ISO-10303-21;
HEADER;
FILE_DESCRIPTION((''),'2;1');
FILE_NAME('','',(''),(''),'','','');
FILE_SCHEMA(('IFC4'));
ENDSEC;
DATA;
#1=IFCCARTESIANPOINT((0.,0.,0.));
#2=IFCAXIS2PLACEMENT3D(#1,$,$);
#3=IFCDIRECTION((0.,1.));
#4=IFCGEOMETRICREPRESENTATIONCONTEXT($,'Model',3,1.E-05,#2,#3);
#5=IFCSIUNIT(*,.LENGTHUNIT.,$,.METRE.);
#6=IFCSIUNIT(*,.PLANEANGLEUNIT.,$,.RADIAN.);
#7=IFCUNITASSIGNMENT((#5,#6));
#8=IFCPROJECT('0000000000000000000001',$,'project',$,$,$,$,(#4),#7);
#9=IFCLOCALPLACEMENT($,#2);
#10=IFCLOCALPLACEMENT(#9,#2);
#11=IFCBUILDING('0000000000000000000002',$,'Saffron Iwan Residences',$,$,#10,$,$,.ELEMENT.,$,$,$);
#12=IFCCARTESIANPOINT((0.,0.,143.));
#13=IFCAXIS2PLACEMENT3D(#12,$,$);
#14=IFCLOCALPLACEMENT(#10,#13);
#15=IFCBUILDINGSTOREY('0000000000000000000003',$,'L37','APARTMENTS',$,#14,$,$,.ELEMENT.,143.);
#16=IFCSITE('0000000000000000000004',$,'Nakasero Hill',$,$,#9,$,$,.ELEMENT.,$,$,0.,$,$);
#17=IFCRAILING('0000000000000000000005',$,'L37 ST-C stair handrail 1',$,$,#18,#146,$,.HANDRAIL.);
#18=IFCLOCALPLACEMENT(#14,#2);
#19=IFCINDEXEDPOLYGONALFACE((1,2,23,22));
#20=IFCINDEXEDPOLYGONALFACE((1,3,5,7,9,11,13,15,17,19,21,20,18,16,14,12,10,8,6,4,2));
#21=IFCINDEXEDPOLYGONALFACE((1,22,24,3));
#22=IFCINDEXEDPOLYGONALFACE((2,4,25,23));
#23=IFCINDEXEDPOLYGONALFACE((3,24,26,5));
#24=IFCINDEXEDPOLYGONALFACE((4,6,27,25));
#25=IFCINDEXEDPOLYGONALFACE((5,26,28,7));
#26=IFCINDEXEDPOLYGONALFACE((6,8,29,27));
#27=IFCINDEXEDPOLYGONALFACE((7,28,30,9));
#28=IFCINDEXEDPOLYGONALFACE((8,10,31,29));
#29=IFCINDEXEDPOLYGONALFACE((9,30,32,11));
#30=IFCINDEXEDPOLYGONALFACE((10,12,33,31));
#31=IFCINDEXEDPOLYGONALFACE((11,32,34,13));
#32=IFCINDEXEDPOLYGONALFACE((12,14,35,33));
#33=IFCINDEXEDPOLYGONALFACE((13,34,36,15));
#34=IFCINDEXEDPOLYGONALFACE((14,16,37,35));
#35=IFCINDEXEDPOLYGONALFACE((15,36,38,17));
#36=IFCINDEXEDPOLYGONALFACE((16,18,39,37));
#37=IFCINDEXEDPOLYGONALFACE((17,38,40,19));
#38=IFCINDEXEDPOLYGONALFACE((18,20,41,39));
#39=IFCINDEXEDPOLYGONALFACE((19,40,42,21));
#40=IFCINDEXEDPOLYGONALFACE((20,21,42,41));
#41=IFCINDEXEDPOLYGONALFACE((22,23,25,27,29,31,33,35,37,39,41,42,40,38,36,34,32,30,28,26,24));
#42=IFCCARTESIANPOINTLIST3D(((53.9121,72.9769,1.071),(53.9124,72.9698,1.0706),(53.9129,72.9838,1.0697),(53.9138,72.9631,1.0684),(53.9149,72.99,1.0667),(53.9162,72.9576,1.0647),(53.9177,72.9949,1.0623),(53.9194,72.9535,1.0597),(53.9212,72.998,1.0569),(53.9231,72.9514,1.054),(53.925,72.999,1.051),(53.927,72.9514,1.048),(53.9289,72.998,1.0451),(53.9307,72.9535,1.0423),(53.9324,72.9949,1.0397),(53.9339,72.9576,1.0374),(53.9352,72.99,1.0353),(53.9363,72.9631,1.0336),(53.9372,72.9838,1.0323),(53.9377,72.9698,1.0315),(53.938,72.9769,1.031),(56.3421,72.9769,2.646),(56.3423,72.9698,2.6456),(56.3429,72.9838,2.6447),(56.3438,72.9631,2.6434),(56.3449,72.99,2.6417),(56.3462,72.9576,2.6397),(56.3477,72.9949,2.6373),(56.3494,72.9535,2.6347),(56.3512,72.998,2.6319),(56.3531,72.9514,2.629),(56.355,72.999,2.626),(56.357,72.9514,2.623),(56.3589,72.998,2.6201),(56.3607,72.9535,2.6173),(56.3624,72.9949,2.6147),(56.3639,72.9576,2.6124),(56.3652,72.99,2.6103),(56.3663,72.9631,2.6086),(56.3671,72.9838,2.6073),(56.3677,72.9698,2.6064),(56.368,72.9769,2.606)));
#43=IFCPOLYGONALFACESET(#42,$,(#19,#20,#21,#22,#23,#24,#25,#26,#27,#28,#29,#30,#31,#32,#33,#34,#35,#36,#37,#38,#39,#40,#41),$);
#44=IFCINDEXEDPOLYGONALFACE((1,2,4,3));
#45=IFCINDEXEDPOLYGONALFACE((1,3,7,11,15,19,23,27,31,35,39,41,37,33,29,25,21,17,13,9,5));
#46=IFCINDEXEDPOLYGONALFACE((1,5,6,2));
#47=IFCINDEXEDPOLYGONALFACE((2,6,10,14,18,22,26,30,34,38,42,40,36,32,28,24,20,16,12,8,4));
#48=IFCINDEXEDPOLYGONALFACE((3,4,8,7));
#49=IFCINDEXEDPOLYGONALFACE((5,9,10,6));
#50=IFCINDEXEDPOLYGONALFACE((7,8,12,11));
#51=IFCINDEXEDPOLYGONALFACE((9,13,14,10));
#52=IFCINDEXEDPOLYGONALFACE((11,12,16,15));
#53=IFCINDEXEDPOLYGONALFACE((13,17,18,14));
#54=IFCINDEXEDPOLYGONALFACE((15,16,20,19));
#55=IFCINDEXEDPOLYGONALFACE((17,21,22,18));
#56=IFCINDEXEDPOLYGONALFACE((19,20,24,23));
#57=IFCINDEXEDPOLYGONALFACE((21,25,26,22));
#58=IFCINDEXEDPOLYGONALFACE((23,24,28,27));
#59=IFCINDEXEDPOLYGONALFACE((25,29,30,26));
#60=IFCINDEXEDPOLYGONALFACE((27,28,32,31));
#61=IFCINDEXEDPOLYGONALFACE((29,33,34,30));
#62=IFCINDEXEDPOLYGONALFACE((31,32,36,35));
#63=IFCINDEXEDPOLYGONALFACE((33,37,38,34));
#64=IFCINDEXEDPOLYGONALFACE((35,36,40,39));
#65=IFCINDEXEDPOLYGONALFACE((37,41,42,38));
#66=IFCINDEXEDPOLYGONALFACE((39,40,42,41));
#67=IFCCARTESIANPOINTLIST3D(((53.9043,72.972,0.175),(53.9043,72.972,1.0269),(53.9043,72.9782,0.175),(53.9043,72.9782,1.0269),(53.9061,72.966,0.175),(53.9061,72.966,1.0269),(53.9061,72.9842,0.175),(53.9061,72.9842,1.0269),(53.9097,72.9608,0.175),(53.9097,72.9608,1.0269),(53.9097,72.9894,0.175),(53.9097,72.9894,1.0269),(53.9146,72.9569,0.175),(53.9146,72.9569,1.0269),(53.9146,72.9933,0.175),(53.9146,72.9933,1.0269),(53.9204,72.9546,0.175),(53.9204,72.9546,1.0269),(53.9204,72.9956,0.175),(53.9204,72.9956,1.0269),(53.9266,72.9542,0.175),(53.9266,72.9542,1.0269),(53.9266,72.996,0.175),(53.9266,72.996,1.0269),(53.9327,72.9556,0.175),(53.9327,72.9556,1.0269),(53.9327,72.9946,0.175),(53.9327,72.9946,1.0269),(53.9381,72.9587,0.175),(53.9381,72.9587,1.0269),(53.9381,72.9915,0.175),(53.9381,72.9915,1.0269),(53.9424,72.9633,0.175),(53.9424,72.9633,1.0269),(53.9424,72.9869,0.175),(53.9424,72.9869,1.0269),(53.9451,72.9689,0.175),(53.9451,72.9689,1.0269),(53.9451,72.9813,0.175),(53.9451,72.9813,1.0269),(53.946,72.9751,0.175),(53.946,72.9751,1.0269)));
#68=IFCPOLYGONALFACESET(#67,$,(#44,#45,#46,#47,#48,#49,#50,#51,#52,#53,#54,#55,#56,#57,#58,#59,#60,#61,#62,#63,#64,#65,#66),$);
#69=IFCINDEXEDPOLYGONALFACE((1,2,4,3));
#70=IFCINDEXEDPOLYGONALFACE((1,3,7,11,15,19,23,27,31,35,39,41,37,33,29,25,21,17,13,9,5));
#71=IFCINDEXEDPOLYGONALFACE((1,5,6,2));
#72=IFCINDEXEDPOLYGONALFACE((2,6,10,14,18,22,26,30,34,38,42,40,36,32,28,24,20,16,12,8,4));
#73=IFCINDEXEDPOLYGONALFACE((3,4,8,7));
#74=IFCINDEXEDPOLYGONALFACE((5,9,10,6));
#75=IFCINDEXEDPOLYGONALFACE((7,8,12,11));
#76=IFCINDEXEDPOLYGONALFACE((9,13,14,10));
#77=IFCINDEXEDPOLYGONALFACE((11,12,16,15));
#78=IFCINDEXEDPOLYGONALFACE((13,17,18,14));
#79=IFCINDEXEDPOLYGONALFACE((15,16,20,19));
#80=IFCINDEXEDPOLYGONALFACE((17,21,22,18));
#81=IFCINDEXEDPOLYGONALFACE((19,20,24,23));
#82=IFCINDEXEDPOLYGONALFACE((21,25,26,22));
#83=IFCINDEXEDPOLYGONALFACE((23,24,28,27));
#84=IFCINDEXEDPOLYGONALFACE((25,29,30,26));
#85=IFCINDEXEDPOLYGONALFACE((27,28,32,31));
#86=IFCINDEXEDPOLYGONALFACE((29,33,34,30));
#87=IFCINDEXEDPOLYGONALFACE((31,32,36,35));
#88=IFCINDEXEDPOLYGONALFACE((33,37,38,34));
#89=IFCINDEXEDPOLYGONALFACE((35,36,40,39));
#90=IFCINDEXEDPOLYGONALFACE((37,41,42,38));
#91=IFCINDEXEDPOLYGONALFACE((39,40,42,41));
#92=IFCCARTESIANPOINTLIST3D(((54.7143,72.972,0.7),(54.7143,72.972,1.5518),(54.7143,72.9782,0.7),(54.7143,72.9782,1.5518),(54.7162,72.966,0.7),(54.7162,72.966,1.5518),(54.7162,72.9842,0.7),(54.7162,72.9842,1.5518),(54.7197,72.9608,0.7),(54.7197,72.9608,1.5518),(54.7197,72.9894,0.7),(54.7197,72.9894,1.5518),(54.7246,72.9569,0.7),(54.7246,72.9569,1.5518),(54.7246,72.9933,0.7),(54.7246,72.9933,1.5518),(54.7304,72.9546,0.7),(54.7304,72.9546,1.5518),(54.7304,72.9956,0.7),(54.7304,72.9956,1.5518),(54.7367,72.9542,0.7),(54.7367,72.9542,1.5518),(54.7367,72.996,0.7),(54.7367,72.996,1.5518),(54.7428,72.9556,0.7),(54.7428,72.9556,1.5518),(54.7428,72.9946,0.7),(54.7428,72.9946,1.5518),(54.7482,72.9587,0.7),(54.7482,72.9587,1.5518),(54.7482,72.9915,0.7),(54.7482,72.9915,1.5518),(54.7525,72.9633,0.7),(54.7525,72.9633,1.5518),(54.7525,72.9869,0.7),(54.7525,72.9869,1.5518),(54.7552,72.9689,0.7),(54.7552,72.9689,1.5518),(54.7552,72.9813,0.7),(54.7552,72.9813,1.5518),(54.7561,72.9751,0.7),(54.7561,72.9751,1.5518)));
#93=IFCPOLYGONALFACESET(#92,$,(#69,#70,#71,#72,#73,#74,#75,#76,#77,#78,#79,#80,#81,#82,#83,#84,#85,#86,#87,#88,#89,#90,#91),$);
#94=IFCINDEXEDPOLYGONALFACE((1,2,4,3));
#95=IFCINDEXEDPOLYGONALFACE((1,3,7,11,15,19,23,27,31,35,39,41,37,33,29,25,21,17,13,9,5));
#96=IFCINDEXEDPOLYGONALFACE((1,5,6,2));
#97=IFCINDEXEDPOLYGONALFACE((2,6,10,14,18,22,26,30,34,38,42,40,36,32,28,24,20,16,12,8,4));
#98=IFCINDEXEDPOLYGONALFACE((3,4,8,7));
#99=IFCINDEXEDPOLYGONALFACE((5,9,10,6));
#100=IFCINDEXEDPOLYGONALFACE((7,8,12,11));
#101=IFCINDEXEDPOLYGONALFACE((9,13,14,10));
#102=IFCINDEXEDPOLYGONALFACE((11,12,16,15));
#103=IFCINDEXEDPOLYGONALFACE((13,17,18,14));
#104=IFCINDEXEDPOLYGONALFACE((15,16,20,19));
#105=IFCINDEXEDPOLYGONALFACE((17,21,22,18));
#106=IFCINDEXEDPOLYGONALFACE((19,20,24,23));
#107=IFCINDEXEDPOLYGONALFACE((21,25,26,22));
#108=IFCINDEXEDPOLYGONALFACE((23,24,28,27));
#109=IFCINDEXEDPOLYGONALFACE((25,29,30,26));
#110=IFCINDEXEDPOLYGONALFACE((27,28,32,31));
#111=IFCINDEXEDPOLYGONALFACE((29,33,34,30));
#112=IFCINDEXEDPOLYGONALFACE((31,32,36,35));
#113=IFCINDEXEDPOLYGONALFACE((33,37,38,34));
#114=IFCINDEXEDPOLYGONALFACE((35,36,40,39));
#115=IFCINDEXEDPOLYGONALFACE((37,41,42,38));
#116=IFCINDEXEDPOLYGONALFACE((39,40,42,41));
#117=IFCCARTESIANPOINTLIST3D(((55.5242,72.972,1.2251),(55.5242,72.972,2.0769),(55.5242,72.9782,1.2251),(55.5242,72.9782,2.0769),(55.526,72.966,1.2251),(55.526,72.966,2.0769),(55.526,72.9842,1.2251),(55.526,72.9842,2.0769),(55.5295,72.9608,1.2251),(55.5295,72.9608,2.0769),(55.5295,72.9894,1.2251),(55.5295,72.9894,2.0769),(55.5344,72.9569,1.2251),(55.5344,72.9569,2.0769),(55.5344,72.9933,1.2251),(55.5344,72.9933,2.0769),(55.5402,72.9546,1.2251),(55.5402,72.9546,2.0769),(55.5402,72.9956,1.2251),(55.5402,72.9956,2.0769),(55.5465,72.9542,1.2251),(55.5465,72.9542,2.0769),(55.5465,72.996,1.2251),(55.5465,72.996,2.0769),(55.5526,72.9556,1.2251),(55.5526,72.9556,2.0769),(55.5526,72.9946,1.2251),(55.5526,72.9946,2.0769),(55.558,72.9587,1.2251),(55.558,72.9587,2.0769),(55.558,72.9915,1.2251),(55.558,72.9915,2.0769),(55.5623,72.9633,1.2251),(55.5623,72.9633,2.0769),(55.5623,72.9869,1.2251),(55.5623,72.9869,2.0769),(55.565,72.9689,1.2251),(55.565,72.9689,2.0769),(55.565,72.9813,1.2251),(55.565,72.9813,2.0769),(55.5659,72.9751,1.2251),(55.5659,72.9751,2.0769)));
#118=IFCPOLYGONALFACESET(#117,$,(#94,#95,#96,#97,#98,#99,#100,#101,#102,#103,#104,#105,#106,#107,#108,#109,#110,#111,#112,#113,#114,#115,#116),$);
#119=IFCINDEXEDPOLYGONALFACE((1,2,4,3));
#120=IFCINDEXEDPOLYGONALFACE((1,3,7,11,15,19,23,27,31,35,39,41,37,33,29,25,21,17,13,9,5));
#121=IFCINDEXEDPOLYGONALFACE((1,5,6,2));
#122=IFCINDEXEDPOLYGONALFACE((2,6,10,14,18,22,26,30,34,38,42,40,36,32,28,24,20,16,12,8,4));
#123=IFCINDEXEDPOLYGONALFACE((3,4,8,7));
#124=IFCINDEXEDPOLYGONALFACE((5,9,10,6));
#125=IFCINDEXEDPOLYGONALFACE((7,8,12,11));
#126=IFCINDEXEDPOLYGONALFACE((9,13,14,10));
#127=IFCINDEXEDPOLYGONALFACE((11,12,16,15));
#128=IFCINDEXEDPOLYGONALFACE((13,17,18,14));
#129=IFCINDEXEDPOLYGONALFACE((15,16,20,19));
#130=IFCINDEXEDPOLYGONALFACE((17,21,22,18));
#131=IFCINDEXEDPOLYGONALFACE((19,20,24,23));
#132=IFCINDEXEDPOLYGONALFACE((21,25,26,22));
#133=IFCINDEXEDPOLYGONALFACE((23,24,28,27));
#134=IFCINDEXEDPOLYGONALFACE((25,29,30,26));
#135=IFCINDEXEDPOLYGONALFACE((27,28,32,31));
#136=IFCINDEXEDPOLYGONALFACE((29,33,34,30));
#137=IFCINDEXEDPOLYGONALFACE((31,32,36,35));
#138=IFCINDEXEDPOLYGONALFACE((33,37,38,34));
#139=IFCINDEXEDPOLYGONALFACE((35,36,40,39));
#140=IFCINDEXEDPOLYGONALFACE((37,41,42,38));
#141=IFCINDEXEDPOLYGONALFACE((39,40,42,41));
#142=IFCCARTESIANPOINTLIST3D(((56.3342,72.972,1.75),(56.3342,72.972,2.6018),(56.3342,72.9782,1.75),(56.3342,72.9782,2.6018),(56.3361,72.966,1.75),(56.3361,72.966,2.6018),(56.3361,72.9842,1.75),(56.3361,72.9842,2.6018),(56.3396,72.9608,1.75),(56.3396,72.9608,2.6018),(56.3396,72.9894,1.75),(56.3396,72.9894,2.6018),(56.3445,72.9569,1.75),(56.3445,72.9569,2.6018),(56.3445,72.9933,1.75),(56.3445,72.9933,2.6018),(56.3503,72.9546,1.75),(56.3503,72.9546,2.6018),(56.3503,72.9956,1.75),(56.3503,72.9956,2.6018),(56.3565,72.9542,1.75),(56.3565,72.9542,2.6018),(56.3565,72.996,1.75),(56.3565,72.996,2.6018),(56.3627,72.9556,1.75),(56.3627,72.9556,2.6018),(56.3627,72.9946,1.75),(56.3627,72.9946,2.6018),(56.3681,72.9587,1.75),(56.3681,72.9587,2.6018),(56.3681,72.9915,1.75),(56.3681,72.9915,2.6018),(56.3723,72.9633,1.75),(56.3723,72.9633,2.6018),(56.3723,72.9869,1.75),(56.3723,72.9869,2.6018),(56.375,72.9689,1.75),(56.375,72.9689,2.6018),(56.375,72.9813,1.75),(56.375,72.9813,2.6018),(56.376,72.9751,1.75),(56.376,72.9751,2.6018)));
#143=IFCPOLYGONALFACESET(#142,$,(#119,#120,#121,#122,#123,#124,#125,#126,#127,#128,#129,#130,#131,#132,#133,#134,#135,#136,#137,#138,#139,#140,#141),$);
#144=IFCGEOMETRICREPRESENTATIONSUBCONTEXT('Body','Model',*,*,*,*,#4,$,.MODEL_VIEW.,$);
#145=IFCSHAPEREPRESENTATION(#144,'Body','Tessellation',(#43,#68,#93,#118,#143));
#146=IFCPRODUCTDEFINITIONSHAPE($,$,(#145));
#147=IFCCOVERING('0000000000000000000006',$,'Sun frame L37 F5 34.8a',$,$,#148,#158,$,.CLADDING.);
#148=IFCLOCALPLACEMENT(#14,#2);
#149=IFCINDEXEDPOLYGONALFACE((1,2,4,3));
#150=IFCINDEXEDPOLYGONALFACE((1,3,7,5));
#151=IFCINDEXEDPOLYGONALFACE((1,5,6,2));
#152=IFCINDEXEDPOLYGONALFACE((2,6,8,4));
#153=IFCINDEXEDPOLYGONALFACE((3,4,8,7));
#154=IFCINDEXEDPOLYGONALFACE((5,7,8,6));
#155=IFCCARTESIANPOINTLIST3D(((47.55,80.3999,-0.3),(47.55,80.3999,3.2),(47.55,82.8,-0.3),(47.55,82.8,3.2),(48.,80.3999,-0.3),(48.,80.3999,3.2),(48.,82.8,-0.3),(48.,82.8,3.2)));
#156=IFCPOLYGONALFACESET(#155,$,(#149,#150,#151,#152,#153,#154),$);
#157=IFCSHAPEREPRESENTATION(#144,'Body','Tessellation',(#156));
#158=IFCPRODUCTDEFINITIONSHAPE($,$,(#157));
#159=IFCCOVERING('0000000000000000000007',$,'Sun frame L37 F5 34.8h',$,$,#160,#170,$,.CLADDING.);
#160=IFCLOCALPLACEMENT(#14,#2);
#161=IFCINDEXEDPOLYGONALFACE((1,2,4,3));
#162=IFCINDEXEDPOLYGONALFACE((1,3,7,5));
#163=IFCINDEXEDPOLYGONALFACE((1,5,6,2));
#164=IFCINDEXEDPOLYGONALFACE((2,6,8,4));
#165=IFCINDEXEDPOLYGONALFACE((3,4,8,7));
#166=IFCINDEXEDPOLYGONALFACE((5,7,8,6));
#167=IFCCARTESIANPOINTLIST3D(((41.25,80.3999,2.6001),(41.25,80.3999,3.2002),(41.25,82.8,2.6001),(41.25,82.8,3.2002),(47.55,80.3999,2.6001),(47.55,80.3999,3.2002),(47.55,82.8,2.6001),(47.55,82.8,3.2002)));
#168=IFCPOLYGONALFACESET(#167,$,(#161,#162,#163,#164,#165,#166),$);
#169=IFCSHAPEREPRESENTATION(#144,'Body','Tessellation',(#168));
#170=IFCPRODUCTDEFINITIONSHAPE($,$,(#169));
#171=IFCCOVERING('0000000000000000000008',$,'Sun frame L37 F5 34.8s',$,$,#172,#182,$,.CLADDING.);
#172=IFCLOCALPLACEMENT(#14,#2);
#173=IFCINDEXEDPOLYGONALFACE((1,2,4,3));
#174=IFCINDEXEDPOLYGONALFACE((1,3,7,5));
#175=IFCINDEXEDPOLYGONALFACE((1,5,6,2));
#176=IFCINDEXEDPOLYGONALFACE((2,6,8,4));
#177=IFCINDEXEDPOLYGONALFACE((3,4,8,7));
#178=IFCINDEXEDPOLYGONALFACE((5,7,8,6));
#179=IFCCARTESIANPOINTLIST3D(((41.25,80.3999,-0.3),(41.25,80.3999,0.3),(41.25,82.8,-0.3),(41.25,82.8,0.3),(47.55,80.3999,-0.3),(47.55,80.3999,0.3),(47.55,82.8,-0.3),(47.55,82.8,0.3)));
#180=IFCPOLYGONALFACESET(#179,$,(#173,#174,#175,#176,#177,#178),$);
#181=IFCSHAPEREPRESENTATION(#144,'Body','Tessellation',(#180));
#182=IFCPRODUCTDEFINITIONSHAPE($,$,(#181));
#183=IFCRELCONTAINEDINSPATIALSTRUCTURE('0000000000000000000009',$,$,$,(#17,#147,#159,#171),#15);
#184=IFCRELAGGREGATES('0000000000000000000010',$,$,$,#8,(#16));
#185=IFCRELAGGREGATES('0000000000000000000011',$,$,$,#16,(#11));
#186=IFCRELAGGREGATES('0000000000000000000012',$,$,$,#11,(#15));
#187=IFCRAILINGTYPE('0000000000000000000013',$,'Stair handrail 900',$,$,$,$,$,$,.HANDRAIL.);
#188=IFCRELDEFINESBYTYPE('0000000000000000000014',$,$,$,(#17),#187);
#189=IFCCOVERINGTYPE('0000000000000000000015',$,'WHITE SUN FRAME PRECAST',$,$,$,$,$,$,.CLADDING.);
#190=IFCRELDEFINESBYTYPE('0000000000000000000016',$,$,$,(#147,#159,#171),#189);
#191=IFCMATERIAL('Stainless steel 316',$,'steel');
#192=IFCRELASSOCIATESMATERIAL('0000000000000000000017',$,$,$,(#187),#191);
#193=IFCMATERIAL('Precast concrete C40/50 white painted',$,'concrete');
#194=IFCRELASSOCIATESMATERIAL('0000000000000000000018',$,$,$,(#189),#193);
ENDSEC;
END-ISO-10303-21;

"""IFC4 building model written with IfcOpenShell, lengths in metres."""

from ifc_helpers import new_model, si_unit, direction, frame, origin, origin_2d, place, context, subcontext, project, spatial, polyline, circle, outline, extrude, material, type_object, element, save


model = new_model("IFC4")

# Units and contexts
model_context = context("Model", 3, precision=1e-05, world=origin(), true_north=direction((0.0, 1.0)))
body_context = subcontext(model_context, "Body", "Model", "MODEL_VIEW")
ifc_project = project(units=[si_unit("LENGTHUNIT", "METRE"), si_unit("PLANEANGLEUNIT", "RADIAN")], contexts=[model_context])

# Site, building, storey
site_placement = place(None, origin())
site = spatial("IfcSite", under=ifc_project, at=site_placement, Name="Nakasero Hill", CompositionType="ELEMENT", RefElevation=0.0)
building_placement = place(site_placement, origin())
building = spatial("IfcBuilding", under=site, at=building_placement, Name="Saffron Iwan Residences", CompositionType="ELEMENT")
storey_placement = place(building_placement, frame((0.0, 0.0, 143.0)))
storey = spatial("IfcBuildingStorey", under=building, at=storey_placement, Name="L37", Description="APARTMENTS", CompositionType="ELEMENT", Elevation=143.0)

# Railing
ifc_material_1 = material(Name="Stainless steel 316", Category="steel")
railing_type_1 = type_object("IfcRailingType", Name="Stair handrail 900", PredefinedType="HANDRAIL", material=ifc_material_1)
railing_1_placement = place(storey_placement, frame((53.925, 72.9751, 0.175)))
element("IfcRailing", 1, at=railing_1_placement, inside=storey, type_object=railing_type_1, Name="L37 ST-C stair handrail 1", PredefinedType="HANDRAIL", context=body_context, shape_type="SweptSolid", body=[
    extrude(circle(Radius=0.0239, at=origin_2d()), frame((0.0, 0.0, 0.876), z_axis=(0.839154, 0.0, 0.543894), x_axis=(0.0, 1.0, 0.0)), (0.0, 0.0, 1.0), 2.8958),
    extrude(circle(Radius=0.021, at=origin_2d()), origin(), (0.0, 0.0, 1.0), 0.8518),
    extrude(circle(Radius=0.021, at=origin_2d()), frame((0.8101, 0.0, 0.5249)), (0.0, 0.0, 1.0), 0.8518),
    extrude(circle(Radius=0.021, at=origin_2d()), frame((1.6199, 0.0, 1.05)), (0.0, 0.0, 1.0), 0.8518),
    extrude(circle(Radius=0.021, at=origin_2d()), frame((2.4299, 0.0, 1.575)), (0.0, 0.0, 1.0), 0.8518),
])

# Coverings
ifc_material_2 = material(Name="Precast concrete C40/50 white painted", Category="concrete")
covering_type_1 = type_object("IfcCoveringType", Name="WHITE SUN FRAME PRECAST", PredefinedType="CLADDING", material=ifc_material_2)
covering_1_placement = place(storey_placement, frame((48.0, 80.3999, -0.3), z_axis=(0.0, 1.0, 0.0), x_axis=(-1.0, 0.0, 0.0)))
element("IfcCovering", 2, at=covering_1_placement, inside=storey, type_object=covering_type_1, Name="Sun frame L37 F5 34.8a", PredefinedType="CLADDING", context=body_context, shape_type="SweptSolid", body=[
    extrude(outline(polyline([(0.0, 0.0), (0.45, 0.0), (0.45, 3.5), (0.0, 3.5), (0.0, 0.0)])), origin(), (0.0, 0.0, 1.0), 2.4001),
])
for number, where, z_axis, x_axis, name in (
    (3, (47.55, 80.3999, 2.6001), (0.0, 1.0, 0.0), (-1.0, 0.0, 0.0), "Sun frame L37 F5 34.8h"),
    (4, (47.55, 80.3999, -0.3), (0.0, 1.0, 0.0), (-1.0, 0.0, 0.0), "Sun frame L37 F5 34.8s"),
):
    element("IfcCovering", number, at=place(storey_placement, frame(where, z_axis=z_axis, x_axis=x_axis)), inside=storey, type_object=covering_type_1, Name=name, PredefinedType="CLADDING", context=body_context, shape_type="SweptSolid", body=[
        extrude(outline(polyline([(0.0, 0.0), (6.3, 0.0), (6.3, 0.6001), (0.0, 0.6001), (0.0, 0.0)])), origin(), (0.0, 0.0, 1.0), 2.4001),
    ])

save(model, "model.ifc")
